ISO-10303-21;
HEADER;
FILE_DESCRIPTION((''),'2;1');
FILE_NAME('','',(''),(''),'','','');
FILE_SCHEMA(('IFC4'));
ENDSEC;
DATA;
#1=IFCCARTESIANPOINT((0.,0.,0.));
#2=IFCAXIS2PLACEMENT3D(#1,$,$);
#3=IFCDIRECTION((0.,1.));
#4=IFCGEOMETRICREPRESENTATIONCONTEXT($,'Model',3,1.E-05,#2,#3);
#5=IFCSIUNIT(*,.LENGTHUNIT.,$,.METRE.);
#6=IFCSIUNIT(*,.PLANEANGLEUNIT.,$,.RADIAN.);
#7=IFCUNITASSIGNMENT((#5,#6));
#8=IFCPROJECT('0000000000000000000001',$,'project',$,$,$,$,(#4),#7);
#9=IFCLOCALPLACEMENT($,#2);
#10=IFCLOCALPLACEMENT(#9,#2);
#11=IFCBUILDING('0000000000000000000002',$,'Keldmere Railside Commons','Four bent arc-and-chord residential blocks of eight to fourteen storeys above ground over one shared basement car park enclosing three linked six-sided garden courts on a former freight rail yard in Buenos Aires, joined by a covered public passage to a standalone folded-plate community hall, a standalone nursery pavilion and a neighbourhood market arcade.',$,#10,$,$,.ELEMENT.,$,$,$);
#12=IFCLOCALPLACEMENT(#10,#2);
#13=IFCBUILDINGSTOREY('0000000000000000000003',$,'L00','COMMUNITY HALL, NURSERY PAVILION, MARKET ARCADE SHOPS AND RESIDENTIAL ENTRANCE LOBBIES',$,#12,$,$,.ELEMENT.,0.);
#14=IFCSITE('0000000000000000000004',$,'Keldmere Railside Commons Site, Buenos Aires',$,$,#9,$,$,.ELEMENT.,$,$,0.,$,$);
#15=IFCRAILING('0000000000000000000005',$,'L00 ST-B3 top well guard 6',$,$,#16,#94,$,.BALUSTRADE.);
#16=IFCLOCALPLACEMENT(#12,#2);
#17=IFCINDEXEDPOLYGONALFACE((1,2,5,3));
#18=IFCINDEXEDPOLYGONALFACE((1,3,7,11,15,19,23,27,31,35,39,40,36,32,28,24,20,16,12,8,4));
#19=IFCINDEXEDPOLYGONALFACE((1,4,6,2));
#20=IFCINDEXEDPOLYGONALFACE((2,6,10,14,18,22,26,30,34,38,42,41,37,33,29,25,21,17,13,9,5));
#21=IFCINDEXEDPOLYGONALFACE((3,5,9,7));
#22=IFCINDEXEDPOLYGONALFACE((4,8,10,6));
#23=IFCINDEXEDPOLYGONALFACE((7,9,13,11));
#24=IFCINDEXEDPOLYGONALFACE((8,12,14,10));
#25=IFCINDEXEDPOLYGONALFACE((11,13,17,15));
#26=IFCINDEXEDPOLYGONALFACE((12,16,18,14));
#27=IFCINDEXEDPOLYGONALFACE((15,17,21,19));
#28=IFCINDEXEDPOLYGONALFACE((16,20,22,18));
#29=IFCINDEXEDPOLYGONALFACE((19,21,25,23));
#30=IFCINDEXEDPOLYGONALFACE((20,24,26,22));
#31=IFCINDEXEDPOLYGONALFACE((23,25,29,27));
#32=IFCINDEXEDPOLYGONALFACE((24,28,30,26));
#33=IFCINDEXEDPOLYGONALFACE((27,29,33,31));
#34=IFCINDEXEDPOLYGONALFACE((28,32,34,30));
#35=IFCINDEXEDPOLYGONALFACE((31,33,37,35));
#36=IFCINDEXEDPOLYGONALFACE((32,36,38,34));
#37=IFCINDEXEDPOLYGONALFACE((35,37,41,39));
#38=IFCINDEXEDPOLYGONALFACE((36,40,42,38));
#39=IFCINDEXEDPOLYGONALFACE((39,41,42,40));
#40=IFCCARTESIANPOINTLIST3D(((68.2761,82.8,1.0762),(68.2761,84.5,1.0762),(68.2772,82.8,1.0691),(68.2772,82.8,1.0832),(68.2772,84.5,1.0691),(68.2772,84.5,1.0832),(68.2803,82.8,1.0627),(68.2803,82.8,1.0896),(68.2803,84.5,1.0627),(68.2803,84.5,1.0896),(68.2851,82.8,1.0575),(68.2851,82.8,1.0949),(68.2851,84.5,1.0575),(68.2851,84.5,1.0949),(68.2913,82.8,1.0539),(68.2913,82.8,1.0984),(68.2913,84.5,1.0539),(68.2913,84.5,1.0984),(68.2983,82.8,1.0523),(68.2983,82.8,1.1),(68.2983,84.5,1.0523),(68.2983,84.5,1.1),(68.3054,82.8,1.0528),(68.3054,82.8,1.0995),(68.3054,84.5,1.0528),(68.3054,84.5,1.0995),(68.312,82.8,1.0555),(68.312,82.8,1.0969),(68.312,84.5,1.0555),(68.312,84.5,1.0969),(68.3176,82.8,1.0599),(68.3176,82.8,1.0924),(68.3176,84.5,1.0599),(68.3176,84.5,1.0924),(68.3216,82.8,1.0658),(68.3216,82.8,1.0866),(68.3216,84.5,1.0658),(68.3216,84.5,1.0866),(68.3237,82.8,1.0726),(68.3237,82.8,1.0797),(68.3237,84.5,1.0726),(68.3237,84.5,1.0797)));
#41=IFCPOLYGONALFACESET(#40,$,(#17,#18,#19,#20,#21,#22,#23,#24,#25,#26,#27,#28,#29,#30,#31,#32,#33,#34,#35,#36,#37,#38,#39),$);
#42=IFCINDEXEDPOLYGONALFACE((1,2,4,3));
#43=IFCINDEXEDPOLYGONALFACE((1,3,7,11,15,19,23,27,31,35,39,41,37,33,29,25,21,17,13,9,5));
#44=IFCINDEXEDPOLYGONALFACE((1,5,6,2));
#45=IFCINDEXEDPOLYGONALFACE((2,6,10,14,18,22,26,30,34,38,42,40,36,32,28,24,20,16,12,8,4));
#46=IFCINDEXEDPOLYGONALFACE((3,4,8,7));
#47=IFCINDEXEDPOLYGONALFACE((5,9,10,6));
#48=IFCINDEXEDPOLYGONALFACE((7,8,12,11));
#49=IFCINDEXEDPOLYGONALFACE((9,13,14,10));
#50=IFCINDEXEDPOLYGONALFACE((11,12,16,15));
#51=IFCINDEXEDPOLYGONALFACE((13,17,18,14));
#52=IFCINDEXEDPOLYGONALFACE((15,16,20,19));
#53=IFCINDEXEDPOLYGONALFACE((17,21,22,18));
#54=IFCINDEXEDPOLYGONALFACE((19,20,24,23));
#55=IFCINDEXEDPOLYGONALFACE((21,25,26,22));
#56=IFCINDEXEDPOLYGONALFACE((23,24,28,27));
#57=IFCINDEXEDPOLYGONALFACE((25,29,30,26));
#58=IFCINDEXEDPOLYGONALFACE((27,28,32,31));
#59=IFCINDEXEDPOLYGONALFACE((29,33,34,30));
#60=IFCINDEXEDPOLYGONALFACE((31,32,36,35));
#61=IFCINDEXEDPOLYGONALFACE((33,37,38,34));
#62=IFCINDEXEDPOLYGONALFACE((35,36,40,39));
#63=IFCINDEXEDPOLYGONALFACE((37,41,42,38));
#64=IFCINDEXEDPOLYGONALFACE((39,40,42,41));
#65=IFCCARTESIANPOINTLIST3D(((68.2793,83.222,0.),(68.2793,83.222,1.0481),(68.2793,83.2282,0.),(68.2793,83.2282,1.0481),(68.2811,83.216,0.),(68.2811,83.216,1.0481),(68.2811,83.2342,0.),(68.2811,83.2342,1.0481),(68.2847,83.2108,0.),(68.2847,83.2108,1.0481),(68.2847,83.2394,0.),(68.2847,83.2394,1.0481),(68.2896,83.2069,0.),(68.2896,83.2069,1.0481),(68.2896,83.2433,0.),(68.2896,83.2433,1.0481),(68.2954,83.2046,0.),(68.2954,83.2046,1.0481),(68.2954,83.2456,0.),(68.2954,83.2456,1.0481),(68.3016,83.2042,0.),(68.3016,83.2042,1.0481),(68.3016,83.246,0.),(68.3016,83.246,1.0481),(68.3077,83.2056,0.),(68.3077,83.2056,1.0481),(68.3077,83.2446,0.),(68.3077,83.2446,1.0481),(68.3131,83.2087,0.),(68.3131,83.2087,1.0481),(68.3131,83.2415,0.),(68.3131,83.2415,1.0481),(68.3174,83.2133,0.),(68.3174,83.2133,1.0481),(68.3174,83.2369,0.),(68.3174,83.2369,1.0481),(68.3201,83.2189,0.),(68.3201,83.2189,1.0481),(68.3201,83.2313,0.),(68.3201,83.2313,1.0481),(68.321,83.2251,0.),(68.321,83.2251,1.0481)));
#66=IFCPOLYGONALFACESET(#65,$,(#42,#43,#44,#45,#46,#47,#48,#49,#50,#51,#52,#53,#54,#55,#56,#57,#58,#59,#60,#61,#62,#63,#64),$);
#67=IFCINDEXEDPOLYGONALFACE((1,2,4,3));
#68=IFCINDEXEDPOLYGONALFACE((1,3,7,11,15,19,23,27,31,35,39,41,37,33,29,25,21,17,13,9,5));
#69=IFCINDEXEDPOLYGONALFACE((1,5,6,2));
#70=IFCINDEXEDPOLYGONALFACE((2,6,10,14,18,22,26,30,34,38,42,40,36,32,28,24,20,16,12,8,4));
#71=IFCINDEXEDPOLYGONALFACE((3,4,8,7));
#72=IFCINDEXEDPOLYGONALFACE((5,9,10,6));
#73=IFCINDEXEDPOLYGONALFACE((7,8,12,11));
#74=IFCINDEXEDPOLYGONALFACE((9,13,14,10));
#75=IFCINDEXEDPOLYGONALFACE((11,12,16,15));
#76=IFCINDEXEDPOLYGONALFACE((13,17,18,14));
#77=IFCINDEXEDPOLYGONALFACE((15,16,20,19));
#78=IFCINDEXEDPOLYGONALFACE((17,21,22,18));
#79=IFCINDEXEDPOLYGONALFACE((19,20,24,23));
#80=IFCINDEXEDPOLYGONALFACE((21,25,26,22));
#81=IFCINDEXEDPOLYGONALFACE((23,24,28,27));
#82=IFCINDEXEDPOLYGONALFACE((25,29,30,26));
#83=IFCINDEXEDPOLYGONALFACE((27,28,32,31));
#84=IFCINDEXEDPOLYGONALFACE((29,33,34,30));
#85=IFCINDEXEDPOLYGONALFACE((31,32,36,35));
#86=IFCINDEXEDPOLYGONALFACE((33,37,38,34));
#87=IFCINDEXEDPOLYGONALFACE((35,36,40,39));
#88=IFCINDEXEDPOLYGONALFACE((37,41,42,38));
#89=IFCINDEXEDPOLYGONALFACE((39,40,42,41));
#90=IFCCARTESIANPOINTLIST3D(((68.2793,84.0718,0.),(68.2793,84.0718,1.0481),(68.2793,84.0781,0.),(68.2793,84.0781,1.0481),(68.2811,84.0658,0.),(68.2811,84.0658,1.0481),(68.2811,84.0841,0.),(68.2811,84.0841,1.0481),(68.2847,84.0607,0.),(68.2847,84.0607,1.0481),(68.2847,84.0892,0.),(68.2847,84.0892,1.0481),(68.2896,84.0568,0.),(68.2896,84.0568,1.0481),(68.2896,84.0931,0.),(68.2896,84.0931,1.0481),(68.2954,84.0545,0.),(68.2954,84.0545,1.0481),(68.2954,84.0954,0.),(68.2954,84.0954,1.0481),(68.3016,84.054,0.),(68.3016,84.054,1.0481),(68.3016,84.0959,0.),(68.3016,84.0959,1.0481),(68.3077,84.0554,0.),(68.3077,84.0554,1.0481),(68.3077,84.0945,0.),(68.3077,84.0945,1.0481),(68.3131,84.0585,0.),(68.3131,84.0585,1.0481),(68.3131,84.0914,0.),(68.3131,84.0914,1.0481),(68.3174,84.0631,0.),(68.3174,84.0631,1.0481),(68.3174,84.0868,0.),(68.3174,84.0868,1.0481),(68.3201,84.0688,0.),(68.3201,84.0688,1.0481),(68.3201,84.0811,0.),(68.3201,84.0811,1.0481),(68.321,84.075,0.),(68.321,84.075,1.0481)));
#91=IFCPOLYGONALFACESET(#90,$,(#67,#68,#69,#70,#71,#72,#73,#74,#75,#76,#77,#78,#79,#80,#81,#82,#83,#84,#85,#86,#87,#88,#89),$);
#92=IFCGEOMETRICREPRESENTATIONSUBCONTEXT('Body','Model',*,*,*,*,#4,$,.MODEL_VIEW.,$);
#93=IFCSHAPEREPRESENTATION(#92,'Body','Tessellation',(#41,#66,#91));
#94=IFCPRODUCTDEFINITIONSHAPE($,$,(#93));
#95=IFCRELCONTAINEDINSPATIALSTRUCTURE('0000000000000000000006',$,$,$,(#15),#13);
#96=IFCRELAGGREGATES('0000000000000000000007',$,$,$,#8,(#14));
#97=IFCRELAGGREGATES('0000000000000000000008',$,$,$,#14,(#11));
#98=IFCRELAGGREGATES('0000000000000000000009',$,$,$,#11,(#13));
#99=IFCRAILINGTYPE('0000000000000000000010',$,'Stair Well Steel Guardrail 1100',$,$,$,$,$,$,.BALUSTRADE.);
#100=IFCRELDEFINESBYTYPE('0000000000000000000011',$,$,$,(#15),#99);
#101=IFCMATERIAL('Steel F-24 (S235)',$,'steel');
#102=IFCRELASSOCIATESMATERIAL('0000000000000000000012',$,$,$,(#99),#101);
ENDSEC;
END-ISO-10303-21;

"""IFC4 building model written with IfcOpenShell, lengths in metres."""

from ifc_helpers import new_model, si_unit, direction, frame, origin, origin_2d, place, context, subcontext, project, spatial, circle, extrude, material, type_object, element, save


model = new_model("IFC4")

# Units and contexts
model_context = context("Model", 3, precision=1e-05, world=origin(), true_north=direction((0.0, 1.0)))
body_context = subcontext(model_context, "Body", "Model", "MODEL_VIEW")
ifc_project = project(units=[si_unit("LENGTHUNIT", "METRE"), si_unit("PLANEANGLEUNIT", "RADIAN")], contexts=[model_context])

# Site, building, storey
site_placement = place(None, origin())
site = spatial("IfcSite", under=ifc_project, at=site_placement, Name="Keldmere Railside Commons Site, Buenos Aires", CompositionType="ELEMENT", RefElevation=0.0)
building_placement = place(site_placement, origin())
building = spatial("IfcBuilding", under=site, at=building_placement, Name="Keldmere Railside Commons", Description="Four bent arc-and-chord residential blocks of eight to fourteen storeys above ground over one shared basement car park enclosing three linked six-sided garden courts on a former freight rail yard in Buenos Aires, joined by a covered public passage to a standalone folded-plate community hall, a standalone nursery pavilion and a neighbourhood market arcade.", CompositionType="ELEMENT")
storey_placement = place(building_placement, origin())
storey = spatial("IfcBuildingStorey", under=building, at=storey_placement, Name="L00", Description="COMMUNITY HALL, NURSERY PAVILION, MARKET ARCADE SHOPS AND RESIDENTIAL ENTRANCE LOBBIES", CompositionType="ELEMENT", Elevation=0.0)

# Shared definitions
ifc_material_1 = material(Name="Steel F-24 (S235)", Category="steel")

# Railing
railing_type = type_object("IfcRailingType", Name="Stair Well Steel Guardrail 1100", PredefinedType="BALUSTRADE", material=ifc_material_1)
for number, where, name in (
    (1, (68.3, 82.8, 0.0), "L00 ST-B3 top well guard 6"),
):
    element("IfcRailing", number, at=place(storey_placement, frame(where)), inside=storey, type_object=railing_type, Name=name, PredefinedType="BALUSTRADE", context=body_context, shape_type="SweptSolid", body=[
        extrude(circle(Radius=0.0239, at=origin_2d()), frame((0.0, 0.0, 1.0762), z_axis=(0.0, 1.0, 0.0), x_axis=(-1.0, 0.0, 0.0)), (0.0, 0.0, 1.0), 1.7),
        extrude(circle(Radius=0.021, at=origin_2d()), frame((0.0, 0.425, 0.0)), (0.0, 0.0, 1.0), 1.0481),
        extrude(circle(Radius=0.021, at=origin_2d()), frame((0.0, 1.2749, 0.0)), (0.0, 0.0, 1.0), 1.0481),
    ])

save(model, "model.ifc")
